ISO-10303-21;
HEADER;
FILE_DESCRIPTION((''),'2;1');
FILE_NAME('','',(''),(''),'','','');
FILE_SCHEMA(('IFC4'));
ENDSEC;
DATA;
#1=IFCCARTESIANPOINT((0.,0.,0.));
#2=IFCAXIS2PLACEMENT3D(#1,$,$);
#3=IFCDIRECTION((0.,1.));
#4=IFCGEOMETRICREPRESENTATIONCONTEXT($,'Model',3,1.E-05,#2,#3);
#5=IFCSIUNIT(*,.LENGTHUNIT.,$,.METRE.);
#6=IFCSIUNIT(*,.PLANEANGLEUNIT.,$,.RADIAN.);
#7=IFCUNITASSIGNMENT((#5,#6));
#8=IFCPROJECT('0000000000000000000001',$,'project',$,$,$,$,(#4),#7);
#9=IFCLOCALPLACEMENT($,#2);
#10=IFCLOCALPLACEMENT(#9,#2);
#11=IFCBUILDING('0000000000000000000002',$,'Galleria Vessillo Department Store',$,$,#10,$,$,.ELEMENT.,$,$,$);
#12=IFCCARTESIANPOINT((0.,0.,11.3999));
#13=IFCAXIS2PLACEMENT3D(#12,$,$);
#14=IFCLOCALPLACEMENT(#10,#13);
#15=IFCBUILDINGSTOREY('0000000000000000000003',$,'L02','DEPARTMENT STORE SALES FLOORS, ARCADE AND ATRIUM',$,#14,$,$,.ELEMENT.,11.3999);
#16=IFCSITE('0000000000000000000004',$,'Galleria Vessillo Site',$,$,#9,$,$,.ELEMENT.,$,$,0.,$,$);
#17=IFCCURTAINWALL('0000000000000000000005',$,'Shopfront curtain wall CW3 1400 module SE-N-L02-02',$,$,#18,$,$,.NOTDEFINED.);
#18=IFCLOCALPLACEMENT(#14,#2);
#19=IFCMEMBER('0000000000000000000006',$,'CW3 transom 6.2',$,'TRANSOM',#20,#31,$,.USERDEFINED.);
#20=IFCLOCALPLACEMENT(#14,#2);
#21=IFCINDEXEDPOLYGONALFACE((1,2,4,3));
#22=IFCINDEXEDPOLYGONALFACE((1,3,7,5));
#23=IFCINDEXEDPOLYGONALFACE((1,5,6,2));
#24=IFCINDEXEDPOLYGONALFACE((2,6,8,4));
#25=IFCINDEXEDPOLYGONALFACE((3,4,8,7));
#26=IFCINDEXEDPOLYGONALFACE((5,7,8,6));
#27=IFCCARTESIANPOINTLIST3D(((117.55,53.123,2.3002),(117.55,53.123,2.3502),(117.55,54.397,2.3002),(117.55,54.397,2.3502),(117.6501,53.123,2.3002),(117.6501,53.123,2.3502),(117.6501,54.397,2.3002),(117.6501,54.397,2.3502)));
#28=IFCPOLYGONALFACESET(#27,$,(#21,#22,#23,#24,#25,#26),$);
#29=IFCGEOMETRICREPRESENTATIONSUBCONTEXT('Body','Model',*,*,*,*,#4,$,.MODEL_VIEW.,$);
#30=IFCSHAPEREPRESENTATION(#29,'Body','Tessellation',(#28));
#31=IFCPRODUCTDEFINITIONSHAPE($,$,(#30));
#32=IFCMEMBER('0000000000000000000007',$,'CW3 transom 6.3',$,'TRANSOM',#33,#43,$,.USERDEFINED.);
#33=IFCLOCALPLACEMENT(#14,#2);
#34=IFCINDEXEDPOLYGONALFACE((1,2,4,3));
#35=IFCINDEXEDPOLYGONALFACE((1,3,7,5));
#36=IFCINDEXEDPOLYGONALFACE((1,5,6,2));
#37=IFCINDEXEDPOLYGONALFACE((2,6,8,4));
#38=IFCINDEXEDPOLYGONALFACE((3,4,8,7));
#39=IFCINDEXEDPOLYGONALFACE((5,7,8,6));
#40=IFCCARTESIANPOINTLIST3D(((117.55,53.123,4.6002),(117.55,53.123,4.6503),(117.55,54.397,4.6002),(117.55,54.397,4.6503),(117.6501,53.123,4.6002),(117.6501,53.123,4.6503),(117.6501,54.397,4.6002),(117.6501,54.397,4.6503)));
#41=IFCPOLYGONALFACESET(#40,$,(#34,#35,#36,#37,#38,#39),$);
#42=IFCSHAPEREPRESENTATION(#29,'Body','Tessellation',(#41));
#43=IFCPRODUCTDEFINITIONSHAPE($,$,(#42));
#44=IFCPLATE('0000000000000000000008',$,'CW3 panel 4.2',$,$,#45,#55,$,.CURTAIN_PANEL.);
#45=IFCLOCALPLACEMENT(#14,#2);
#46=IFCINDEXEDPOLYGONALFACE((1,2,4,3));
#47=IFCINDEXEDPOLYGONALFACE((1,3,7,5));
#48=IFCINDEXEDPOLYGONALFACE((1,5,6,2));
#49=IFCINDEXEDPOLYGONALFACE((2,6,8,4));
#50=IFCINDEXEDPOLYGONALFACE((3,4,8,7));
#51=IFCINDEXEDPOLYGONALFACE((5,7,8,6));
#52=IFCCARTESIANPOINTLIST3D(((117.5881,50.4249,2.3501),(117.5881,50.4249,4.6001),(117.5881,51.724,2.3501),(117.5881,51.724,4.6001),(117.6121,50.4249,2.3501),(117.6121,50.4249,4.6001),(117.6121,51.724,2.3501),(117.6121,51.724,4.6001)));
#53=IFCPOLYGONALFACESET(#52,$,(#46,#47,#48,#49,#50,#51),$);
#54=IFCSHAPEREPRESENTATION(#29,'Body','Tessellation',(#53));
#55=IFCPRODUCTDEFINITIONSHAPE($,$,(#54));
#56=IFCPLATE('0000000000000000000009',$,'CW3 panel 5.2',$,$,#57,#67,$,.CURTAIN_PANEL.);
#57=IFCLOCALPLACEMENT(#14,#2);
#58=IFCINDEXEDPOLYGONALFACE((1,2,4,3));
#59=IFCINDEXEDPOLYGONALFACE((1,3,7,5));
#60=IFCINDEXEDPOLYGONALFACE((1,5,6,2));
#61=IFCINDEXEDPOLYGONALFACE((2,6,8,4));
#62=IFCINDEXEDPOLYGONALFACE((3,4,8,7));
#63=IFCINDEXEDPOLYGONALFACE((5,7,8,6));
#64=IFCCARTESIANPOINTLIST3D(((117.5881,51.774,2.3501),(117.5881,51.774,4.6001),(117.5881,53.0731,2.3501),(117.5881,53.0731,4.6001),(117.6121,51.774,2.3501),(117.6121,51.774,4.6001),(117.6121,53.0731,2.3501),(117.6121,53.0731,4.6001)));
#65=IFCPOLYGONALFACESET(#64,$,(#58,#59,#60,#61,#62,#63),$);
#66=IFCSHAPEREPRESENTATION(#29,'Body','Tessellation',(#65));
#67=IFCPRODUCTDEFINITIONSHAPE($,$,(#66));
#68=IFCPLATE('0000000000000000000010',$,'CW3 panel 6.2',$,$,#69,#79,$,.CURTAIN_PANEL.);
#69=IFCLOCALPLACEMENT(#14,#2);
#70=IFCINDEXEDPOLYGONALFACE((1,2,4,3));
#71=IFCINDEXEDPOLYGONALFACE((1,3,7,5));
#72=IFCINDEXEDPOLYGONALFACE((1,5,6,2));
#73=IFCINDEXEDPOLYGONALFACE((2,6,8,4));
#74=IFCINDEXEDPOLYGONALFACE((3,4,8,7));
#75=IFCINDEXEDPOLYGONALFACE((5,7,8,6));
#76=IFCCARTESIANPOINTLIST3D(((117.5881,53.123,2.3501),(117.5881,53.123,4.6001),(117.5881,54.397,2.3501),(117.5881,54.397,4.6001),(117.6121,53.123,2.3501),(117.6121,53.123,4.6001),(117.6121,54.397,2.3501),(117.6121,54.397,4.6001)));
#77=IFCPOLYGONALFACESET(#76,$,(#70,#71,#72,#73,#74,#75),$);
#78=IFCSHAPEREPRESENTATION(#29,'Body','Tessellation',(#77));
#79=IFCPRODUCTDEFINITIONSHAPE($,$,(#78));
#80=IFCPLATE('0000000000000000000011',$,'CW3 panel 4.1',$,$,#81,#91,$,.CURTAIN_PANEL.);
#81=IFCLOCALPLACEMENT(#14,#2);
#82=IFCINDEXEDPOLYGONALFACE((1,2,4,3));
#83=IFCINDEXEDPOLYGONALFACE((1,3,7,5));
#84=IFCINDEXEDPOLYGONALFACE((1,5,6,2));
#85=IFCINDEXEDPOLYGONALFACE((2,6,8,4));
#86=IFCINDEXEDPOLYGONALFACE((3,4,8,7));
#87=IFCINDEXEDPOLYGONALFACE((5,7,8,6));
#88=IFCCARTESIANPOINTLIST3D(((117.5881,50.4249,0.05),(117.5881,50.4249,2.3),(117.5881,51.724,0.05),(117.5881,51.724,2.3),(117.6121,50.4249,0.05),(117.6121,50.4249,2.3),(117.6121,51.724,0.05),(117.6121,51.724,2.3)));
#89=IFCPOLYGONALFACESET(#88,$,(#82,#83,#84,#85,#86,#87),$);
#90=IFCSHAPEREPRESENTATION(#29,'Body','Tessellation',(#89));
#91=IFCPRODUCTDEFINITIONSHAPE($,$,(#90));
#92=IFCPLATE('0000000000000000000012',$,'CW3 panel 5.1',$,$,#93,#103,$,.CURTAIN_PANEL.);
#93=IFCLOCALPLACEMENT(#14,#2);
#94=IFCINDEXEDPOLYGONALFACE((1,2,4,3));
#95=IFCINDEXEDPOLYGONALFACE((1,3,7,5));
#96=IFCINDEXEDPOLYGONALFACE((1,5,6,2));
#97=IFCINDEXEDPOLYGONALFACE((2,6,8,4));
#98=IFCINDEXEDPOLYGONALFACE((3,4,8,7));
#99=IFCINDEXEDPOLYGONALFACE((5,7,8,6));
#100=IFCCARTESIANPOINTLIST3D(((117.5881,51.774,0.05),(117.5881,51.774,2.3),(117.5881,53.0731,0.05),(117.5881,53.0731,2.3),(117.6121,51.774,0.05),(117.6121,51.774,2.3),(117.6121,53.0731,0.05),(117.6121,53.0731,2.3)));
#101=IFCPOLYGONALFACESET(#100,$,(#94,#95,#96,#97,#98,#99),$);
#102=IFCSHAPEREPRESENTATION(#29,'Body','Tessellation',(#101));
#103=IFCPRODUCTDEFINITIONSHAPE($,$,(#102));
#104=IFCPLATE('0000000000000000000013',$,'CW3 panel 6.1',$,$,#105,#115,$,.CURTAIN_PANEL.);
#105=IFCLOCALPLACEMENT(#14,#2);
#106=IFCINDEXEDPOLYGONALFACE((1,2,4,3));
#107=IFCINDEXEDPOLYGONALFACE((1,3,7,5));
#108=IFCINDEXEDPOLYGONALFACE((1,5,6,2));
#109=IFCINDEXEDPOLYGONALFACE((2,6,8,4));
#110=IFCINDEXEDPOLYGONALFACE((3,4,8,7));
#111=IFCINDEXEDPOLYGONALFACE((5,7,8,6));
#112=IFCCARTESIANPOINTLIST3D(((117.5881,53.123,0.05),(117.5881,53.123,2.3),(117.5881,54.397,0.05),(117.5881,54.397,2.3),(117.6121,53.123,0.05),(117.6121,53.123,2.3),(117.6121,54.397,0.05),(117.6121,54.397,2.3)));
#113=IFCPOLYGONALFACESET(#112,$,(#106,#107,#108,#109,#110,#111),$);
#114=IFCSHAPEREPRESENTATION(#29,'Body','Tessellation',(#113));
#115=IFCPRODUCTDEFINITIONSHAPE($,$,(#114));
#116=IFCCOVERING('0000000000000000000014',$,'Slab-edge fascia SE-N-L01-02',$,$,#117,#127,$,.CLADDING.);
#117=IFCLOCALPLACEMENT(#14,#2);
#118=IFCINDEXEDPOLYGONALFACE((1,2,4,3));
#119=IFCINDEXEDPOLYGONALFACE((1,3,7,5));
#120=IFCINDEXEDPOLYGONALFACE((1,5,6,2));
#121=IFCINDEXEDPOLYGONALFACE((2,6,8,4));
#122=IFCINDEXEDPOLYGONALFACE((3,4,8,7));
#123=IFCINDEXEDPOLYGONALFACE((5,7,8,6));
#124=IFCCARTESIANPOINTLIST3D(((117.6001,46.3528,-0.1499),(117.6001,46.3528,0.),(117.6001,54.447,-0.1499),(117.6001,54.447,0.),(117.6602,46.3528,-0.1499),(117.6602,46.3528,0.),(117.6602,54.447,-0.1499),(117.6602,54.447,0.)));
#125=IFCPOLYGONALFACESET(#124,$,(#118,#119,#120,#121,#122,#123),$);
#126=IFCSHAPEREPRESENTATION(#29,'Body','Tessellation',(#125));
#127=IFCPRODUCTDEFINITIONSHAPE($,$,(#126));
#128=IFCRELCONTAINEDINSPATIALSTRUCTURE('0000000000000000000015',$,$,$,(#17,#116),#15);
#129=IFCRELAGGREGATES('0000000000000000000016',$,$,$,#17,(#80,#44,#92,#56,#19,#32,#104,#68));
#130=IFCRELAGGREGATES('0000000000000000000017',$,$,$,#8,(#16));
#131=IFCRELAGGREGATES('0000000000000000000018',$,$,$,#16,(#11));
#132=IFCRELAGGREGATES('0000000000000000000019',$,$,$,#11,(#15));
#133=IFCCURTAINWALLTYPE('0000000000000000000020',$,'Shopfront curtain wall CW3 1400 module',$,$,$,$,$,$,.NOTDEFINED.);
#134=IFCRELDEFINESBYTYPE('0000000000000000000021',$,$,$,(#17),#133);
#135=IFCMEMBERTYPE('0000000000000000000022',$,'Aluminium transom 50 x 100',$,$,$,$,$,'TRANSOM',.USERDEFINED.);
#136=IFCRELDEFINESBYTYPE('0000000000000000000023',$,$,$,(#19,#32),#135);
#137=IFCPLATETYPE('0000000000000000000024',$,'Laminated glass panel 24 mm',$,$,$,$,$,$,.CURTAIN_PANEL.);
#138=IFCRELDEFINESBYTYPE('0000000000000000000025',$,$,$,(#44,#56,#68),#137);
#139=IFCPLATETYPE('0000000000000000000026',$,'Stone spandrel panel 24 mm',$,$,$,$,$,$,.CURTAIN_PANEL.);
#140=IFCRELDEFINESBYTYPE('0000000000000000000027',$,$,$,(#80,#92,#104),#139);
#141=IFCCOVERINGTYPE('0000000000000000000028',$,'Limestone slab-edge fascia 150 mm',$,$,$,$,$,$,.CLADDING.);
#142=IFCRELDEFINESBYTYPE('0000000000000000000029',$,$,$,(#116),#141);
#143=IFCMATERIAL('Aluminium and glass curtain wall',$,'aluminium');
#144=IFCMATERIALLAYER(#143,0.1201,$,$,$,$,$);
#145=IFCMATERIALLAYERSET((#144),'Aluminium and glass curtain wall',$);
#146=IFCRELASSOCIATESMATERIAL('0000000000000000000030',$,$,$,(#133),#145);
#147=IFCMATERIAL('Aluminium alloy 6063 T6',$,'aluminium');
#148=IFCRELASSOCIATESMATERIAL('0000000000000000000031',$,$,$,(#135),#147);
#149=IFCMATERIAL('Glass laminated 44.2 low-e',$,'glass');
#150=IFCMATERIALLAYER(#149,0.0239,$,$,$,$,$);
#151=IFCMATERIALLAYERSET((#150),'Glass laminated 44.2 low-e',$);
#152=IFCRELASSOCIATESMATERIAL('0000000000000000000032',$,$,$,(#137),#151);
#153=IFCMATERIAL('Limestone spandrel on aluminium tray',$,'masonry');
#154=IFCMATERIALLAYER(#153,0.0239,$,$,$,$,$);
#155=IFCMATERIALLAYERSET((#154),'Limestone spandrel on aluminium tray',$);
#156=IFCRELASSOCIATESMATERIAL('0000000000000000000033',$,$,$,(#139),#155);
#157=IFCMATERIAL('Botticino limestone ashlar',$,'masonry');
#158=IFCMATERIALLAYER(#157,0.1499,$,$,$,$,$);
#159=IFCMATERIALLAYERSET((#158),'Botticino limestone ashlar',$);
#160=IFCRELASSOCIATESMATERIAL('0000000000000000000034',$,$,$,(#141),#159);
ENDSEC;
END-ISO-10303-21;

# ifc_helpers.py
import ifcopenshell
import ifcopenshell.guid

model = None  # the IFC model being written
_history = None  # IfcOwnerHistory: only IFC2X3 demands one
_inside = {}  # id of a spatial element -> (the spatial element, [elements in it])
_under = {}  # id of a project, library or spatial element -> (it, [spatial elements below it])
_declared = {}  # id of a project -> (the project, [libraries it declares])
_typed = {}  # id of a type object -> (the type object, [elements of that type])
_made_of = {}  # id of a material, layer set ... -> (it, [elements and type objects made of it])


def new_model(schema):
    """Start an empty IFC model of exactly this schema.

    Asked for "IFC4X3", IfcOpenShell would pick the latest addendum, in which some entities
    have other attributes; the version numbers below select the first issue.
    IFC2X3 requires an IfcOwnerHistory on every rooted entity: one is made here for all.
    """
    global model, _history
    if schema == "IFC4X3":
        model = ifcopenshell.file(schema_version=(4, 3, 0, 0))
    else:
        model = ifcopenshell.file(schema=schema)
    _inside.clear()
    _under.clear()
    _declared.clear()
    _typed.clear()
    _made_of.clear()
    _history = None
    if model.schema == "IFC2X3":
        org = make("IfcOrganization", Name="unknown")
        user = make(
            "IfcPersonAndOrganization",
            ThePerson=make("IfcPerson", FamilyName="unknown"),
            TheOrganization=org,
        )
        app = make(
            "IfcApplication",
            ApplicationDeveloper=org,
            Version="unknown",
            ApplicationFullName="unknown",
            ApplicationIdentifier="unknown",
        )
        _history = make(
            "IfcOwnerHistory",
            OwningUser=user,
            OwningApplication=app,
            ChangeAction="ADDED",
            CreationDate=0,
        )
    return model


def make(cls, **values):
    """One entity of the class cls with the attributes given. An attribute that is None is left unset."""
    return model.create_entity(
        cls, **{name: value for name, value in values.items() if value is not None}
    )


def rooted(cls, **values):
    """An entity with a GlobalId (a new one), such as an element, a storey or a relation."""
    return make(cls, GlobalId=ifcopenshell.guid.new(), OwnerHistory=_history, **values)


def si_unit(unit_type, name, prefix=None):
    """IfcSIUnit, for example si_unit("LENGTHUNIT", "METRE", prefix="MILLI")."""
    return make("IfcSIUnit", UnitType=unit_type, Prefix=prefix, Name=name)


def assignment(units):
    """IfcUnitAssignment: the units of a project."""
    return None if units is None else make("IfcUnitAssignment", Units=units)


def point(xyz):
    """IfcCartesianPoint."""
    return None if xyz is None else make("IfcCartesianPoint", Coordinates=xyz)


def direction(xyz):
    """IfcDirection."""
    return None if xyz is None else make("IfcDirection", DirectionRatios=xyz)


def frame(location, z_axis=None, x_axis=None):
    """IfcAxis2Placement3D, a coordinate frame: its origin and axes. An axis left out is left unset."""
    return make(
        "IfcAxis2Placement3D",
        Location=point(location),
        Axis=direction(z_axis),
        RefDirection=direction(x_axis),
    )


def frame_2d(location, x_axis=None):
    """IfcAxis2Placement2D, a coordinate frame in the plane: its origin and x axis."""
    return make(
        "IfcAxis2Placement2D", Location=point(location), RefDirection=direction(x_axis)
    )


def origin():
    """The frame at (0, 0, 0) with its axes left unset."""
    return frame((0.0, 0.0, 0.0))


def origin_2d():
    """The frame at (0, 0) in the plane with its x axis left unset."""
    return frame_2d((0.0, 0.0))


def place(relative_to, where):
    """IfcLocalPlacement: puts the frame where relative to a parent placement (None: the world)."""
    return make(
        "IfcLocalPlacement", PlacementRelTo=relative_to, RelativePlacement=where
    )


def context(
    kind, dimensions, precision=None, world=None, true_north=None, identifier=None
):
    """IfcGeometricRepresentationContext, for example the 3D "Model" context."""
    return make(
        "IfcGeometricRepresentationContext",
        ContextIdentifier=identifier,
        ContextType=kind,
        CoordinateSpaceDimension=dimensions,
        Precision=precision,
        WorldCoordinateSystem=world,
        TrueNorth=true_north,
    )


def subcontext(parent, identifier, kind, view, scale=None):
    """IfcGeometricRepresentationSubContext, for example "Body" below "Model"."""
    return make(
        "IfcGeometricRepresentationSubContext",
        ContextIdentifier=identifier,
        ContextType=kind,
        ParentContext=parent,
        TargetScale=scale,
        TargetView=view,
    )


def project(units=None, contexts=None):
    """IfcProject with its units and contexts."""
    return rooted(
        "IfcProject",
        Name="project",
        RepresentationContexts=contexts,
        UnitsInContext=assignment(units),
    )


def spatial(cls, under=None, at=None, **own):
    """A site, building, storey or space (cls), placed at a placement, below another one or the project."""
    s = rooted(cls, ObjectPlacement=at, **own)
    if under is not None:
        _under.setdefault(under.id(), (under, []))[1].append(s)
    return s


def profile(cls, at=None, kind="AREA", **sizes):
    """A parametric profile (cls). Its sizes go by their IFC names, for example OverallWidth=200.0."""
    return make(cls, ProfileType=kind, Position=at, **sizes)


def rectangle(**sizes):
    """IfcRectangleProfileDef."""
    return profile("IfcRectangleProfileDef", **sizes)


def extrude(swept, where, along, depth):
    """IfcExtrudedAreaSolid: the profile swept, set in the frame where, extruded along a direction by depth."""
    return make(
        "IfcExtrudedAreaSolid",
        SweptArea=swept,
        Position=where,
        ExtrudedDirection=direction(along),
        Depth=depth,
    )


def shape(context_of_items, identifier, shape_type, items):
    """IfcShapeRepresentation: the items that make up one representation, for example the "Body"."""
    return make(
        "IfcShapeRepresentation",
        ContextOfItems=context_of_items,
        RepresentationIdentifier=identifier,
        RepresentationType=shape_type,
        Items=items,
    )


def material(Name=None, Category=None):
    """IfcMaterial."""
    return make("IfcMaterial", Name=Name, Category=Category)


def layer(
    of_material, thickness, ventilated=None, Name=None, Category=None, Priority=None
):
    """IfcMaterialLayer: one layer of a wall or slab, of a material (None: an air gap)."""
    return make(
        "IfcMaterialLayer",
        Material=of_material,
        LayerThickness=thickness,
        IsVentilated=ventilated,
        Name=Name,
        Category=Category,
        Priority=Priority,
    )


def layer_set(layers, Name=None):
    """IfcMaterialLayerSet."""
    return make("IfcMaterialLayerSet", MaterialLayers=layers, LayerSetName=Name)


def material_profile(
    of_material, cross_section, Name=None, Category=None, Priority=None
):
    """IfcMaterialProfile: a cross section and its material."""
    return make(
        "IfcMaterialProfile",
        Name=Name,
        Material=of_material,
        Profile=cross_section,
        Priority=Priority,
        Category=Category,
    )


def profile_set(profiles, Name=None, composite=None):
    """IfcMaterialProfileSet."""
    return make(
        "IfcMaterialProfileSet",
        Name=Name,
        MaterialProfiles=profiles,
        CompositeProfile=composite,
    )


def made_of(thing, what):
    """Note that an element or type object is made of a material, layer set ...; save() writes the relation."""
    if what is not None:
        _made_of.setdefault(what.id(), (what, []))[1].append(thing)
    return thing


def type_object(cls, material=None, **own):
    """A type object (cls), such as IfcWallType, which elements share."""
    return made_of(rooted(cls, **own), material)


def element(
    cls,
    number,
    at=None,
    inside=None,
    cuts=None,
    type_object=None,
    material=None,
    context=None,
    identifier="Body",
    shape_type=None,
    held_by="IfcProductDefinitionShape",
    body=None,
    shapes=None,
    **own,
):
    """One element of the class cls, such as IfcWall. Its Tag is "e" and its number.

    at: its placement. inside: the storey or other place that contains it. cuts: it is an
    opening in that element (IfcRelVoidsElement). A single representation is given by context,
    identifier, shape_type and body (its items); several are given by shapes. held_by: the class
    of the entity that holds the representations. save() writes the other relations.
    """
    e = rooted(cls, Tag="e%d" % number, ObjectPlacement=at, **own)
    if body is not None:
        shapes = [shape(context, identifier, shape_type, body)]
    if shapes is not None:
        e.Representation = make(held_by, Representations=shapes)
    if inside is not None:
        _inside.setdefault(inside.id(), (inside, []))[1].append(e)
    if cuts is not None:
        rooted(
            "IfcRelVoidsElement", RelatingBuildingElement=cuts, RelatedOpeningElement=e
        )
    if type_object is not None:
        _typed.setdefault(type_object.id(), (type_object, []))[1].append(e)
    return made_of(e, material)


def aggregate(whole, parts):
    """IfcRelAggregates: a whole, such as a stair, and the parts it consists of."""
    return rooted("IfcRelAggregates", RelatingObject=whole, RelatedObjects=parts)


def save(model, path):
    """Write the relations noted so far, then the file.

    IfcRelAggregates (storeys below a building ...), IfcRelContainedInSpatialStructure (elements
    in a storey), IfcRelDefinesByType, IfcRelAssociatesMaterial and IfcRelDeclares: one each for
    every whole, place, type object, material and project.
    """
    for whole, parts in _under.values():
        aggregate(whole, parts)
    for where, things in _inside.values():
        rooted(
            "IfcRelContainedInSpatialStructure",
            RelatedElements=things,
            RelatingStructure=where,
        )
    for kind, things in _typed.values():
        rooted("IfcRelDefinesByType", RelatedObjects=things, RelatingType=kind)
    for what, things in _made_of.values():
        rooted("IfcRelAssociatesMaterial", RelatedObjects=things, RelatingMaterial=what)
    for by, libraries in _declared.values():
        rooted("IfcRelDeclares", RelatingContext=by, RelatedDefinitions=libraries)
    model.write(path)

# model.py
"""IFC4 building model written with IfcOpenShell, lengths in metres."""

from ifc_helpers import new_model, si_unit, direction, frame, origin, origin_2d, place, context, subcontext, project, spatial, rectangle, extrude, material, layer, layer_set, material_profile, profile_set, type_object, element, aggregate, save


model = new_model("IFC4")

# Units and contexts
model_context = context("Model", 3, precision=1e-05, world=origin(), true_north=direction((0.0, 1.0)))
body_context = subcontext(model_context, "Body", "Model", "MODEL_VIEW")
ifc_project = project(units=[si_unit("LENGTHUNIT", "METRE"), si_unit("PLANEANGLEUNIT", "RADIAN")], contexts=[model_context])

# Site, building, storey
site_placement = place(None, origin())
site = spatial("IfcSite", under=ifc_project, at=site_placement, Name="Galleria Vessillo Site", CompositionType="ELEMENT", RefElevation=0.0)
building_placement = place(site_placement, origin())
building = spatial("IfcBuilding", under=site, at=building_placement, Name="Galleria Vessillo Department Store", CompositionType="ELEMENT")
storey_placement = place(building_placement, frame((0.0, 0.0, 11.3999)))
storey = spatial("IfcBuildingStorey", under=building, at=storey_placement, Name="L02", Description="DEPARTMENT STORE SALES FLOORS, ARCADE AND ATRIUM", CompositionType="ELEMENT", Elevation=11.3999)

# Curtain wall, members, plates
ifc_material_1 = material(Name="Aluminium and glass curtain wall", Category="aluminium")
ifc_layer_1 = layer(ifc_material_1, 0.1201)
ifc_layer_set_1 = layer_set([ifc_layer_1], Name="Aluminium and glass curtain wall")
curtain_wall_type = type_object("IfcCurtainWallType", Name="Shopfront curtain wall CW3 1400 module", PredefinedType="NOTDEFINED", material=ifc_layer_set_1)
curtain_wall_placement = place(storey_placement, origin())
curtain_wall = element("IfcCurtainWall", 1, at=curtain_wall_placement, inside=storey, type_object=curtain_wall_type, Name="Shopfront curtain wall CW3 1400 module SE-N-L02-02", PredefinedType="NOTDEFINED")
ifc_material_2 = material(Name="Aluminium alloy 6063 T6", Category="aluminium")
ifc_material_profile_1 = material_profile(ifc_material_2, rectangle(XDim=0.1001, YDim=0.05, at=origin_2d()), Name="AL 50x100")
ifc_profile_set_1 = profile_set([ifc_material_profile_1], Name="Aluminium alloy 6063 T6")
member_type_1 = type_object("IfcMemberType", Name="Aluminium transom 50 x 100", ElementType="TRANSOM", PredefinedType="USERDEFINED", material=ifc_profile_set_1)
member_1_placement = place(storey_placement, frame((117.6001, 53.123, 2.3252), z_axis=(0.0, 1.0, 0.0), x_axis=(-1.0, 0.0, 0.0)))
member_1 = element("IfcMember", 2, at=member_1_placement, type_object=member_type_1, Name="CW3 transom 6.2", ObjectType="TRANSOM", PredefinedType="USERDEFINED", context=body_context, shape_type="SweptSolid", body=[
    extrude(rectangle(XDim=0.1001, YDim=0.05, at=origin_2d()), origin(), (0.0, 0.0, 1.0), 1.2739),
])
member_2_placement = place(storey_placement, frame((117.6001, 53.123, 4.6252), z_axis=(0.0, 1.0, 0.0), x_axis=(-1.0, 0.0, 0.0)))
member_2 = element("IfcMember", 3, at=member_2_placement, type_object=member_type_1, Name="CW3 transom 6.3", ObjectType="TRANSOM", PredefinedType="USERDEFINED", context=body_context, shape_type="SweptSolid", body=[
    extrude(rectangle(XDim=0.1001, YDim=0.05, at=origin_2d()), origin(), (0.0, 0.0, 1.0), 1.2739),
])
ifc_material_3 = material(Name="Glass laminated 44.2 low-e", Category="glass")
ifc_layer_2 = layer(ifc_material_3, 0.0239)
ifc_layer_set_2 = layer_set([ifc_layer_2], Name="Glass laminated 44.2 low-e")
plate_type_1 = type_object("IfcPlateType", Name="Laminated glass panel 24 mm", PredefinedType="CURTAIN_PANEL", material=ifc_layer_set_2)
plate_1_placement = place(storey_placement, frame((117.6001, 51.0745, 2.3501), z_axis=(0.0, 0.0, 1.0), x_axis=(0.0, 1.0, 0.0)))
plate_1 = element("IfcPlate", 4, at=plate_1_placement, type_object=plate_type_1, Name="CW3 panel 4.2", PredefinedType="CURTAIN_PANEL", context=body_context, shape_type="SweptSolid", body=[
    extrude(rectangle(XDim=1.2991, YDim=0.0239, at=origin_2d()), origin(), (0.0, 0.0, 1.0), 2.25),
])
plate_2_placement = place(storey_placement, frame((117.6001, 52.4236, 2.3501), z_axis=(0.0, 0.0, 1.0), x_axis=(0.0, 1.0, 0.0)))
plate_2 = element("IfcPlate", 5, at=plate_2_placement, type_object=plate_type_1, Name="CW3 panel 5.2", PredefinedType="CURTAIN_PANEL", context=body_context, shape_type="SweptSolid", body=[
    extrude(rectangle(XDim=1.2991, YDim=0.0239, at=origin_2d()), origin(), (0.0, 0.0, 1.0), 2.25),
])
plate_3_placement = place(storey_placement, frame((117.6001, 53.76, 2.3501), z_axis=(0.0, 0.0, 1.0), x_axis=(0.0, 1.0, 0.0)))
plate_3 = element("IfcPlate", 6, at=plate_3_placement, type_object=plate_type_1, Name="CW3 panel 6.2", PredefinedType="CURTAIN_PANEL", context=body_context, shape_type="SweptSolid", body=[
    extrude(rectangle(XDim=1.2739, YDim=0.0239, at=origin_2d()), origin(), (0.0, 0.0, 1.0), 2.25),
])
ifc_material_4 = material(Name="Limestone spandrel on aluminium tray", Category="masonry")
ifc_layer_3 = layer(ifc_material_4, 0.0239)
ifc_layer_set_3 = layer_set([ifc_layer_3], Name="Limestone spandrel on aluminium tray")
plate_type_2 = type_object("IfcPlateType", Name="Stone spandrel panel 24 mm", PredefinedType="CURTAIN_PANEL", material=ifc_layer_set_3)
plate_4_placement = place(storey_placement, frame((117.6001, 51.0745, 0.05), z_axis=(0.0, 0.0, 1.0), x_axis=(0.0, 1.0, 0.0)))
plate_4 = element("IfcPlate", 7, at=plate_4_placement, type_object=plate_type_2, Name="CW3 panel 4.1", PredefinedType="CURTAIN_PANEL", context=body_context, shape_type="SweptSolid", body=[
    extrude(rectangle(XDim=1.2991, YDim=0.0239, at=origin_2d()), origin(), (0.0, 0.0, 1.0), 2.25),
])
plate_5_placement = place(storey_placement, frame((117.6001, 52.4236, 0.05), z_axis=(0.0, 0.0, 1.0), x_axis=(0.0, 1.0, 0.0)))
plate_5 = element("IfcPlate", 8, at=plate_5_placement, type_object=plate_type_2, Name="CW3 panel 5.1", PredefinedType="CURTAIN_PANEL", context=body_context, shape_type="SweptSolid", body=[
    extrude(rectangle(XDim=1.2991, YDim=0.0239, at=origin_2d()), origin(), (0.0, 0.0, 1.0), 2.25),
])
plate_6_placement = place(storey_placement, frame((117.6001, 53.76, 0.05), z_axis=(0.0, 0.0, 1.0), x_axis=(0.0, 1.0, 0.0)))
plate_6 = element("IfcPlate", 9, at=plate_6_placement, type_object=plate_type_2, Name="CW3 panel 6.1", PredefinedType="CURTAIN_PANEL", context=body_context, shape_type="SweptSolid", body=[
    extrude(rectangle(XDim=1.2739, YDim=0.0239, at=origin_2d()), origin(), (0.0, 0.0, 1.0), 2.25),
])
aggregate(curtain_wall, [plate_4, plate_1, plate_5, plate_2, member_1, member_2, plate_6, plate_3])

# Covering
ifc_material_5 = material(Name="Botticino limestone ashlar", Category="masonry")
ifc_layer_4 = layer(ifc_material_5, 0.1499)
ifc_layer_set_4 = layer_set([ifc_layer_4], Name="Botticino limestone ashlar")
covering_type = type_object("IfcCoveringType", Name="Limestone slab-edge fascia 150 mm", PredefinedType="CLADDING", material=ifc_layer_set_4)
covering_placement = place(storey_placement, frame((117.6301, 50.3999, -0.1499), z_axis=(0.0, 0.0, 1.0), x_axis=(1.0, 0.0, 0.0)))
element("IfcCovering", 10, at=covering_placement, inside=storey, type_object=covering_type, Name="Slab-edge fascia SE-N-L01-02", PredefinedType="CLADDING", context=body_context, shape_type="SweptSolid", body=[
    extrude(rectangle(XDim=0.0601, YDim=8.0942, at=origin_2d()), origin(), (0.0, 0.0, 1.0), 0.1499),
])

save(model, "model.ifc")
